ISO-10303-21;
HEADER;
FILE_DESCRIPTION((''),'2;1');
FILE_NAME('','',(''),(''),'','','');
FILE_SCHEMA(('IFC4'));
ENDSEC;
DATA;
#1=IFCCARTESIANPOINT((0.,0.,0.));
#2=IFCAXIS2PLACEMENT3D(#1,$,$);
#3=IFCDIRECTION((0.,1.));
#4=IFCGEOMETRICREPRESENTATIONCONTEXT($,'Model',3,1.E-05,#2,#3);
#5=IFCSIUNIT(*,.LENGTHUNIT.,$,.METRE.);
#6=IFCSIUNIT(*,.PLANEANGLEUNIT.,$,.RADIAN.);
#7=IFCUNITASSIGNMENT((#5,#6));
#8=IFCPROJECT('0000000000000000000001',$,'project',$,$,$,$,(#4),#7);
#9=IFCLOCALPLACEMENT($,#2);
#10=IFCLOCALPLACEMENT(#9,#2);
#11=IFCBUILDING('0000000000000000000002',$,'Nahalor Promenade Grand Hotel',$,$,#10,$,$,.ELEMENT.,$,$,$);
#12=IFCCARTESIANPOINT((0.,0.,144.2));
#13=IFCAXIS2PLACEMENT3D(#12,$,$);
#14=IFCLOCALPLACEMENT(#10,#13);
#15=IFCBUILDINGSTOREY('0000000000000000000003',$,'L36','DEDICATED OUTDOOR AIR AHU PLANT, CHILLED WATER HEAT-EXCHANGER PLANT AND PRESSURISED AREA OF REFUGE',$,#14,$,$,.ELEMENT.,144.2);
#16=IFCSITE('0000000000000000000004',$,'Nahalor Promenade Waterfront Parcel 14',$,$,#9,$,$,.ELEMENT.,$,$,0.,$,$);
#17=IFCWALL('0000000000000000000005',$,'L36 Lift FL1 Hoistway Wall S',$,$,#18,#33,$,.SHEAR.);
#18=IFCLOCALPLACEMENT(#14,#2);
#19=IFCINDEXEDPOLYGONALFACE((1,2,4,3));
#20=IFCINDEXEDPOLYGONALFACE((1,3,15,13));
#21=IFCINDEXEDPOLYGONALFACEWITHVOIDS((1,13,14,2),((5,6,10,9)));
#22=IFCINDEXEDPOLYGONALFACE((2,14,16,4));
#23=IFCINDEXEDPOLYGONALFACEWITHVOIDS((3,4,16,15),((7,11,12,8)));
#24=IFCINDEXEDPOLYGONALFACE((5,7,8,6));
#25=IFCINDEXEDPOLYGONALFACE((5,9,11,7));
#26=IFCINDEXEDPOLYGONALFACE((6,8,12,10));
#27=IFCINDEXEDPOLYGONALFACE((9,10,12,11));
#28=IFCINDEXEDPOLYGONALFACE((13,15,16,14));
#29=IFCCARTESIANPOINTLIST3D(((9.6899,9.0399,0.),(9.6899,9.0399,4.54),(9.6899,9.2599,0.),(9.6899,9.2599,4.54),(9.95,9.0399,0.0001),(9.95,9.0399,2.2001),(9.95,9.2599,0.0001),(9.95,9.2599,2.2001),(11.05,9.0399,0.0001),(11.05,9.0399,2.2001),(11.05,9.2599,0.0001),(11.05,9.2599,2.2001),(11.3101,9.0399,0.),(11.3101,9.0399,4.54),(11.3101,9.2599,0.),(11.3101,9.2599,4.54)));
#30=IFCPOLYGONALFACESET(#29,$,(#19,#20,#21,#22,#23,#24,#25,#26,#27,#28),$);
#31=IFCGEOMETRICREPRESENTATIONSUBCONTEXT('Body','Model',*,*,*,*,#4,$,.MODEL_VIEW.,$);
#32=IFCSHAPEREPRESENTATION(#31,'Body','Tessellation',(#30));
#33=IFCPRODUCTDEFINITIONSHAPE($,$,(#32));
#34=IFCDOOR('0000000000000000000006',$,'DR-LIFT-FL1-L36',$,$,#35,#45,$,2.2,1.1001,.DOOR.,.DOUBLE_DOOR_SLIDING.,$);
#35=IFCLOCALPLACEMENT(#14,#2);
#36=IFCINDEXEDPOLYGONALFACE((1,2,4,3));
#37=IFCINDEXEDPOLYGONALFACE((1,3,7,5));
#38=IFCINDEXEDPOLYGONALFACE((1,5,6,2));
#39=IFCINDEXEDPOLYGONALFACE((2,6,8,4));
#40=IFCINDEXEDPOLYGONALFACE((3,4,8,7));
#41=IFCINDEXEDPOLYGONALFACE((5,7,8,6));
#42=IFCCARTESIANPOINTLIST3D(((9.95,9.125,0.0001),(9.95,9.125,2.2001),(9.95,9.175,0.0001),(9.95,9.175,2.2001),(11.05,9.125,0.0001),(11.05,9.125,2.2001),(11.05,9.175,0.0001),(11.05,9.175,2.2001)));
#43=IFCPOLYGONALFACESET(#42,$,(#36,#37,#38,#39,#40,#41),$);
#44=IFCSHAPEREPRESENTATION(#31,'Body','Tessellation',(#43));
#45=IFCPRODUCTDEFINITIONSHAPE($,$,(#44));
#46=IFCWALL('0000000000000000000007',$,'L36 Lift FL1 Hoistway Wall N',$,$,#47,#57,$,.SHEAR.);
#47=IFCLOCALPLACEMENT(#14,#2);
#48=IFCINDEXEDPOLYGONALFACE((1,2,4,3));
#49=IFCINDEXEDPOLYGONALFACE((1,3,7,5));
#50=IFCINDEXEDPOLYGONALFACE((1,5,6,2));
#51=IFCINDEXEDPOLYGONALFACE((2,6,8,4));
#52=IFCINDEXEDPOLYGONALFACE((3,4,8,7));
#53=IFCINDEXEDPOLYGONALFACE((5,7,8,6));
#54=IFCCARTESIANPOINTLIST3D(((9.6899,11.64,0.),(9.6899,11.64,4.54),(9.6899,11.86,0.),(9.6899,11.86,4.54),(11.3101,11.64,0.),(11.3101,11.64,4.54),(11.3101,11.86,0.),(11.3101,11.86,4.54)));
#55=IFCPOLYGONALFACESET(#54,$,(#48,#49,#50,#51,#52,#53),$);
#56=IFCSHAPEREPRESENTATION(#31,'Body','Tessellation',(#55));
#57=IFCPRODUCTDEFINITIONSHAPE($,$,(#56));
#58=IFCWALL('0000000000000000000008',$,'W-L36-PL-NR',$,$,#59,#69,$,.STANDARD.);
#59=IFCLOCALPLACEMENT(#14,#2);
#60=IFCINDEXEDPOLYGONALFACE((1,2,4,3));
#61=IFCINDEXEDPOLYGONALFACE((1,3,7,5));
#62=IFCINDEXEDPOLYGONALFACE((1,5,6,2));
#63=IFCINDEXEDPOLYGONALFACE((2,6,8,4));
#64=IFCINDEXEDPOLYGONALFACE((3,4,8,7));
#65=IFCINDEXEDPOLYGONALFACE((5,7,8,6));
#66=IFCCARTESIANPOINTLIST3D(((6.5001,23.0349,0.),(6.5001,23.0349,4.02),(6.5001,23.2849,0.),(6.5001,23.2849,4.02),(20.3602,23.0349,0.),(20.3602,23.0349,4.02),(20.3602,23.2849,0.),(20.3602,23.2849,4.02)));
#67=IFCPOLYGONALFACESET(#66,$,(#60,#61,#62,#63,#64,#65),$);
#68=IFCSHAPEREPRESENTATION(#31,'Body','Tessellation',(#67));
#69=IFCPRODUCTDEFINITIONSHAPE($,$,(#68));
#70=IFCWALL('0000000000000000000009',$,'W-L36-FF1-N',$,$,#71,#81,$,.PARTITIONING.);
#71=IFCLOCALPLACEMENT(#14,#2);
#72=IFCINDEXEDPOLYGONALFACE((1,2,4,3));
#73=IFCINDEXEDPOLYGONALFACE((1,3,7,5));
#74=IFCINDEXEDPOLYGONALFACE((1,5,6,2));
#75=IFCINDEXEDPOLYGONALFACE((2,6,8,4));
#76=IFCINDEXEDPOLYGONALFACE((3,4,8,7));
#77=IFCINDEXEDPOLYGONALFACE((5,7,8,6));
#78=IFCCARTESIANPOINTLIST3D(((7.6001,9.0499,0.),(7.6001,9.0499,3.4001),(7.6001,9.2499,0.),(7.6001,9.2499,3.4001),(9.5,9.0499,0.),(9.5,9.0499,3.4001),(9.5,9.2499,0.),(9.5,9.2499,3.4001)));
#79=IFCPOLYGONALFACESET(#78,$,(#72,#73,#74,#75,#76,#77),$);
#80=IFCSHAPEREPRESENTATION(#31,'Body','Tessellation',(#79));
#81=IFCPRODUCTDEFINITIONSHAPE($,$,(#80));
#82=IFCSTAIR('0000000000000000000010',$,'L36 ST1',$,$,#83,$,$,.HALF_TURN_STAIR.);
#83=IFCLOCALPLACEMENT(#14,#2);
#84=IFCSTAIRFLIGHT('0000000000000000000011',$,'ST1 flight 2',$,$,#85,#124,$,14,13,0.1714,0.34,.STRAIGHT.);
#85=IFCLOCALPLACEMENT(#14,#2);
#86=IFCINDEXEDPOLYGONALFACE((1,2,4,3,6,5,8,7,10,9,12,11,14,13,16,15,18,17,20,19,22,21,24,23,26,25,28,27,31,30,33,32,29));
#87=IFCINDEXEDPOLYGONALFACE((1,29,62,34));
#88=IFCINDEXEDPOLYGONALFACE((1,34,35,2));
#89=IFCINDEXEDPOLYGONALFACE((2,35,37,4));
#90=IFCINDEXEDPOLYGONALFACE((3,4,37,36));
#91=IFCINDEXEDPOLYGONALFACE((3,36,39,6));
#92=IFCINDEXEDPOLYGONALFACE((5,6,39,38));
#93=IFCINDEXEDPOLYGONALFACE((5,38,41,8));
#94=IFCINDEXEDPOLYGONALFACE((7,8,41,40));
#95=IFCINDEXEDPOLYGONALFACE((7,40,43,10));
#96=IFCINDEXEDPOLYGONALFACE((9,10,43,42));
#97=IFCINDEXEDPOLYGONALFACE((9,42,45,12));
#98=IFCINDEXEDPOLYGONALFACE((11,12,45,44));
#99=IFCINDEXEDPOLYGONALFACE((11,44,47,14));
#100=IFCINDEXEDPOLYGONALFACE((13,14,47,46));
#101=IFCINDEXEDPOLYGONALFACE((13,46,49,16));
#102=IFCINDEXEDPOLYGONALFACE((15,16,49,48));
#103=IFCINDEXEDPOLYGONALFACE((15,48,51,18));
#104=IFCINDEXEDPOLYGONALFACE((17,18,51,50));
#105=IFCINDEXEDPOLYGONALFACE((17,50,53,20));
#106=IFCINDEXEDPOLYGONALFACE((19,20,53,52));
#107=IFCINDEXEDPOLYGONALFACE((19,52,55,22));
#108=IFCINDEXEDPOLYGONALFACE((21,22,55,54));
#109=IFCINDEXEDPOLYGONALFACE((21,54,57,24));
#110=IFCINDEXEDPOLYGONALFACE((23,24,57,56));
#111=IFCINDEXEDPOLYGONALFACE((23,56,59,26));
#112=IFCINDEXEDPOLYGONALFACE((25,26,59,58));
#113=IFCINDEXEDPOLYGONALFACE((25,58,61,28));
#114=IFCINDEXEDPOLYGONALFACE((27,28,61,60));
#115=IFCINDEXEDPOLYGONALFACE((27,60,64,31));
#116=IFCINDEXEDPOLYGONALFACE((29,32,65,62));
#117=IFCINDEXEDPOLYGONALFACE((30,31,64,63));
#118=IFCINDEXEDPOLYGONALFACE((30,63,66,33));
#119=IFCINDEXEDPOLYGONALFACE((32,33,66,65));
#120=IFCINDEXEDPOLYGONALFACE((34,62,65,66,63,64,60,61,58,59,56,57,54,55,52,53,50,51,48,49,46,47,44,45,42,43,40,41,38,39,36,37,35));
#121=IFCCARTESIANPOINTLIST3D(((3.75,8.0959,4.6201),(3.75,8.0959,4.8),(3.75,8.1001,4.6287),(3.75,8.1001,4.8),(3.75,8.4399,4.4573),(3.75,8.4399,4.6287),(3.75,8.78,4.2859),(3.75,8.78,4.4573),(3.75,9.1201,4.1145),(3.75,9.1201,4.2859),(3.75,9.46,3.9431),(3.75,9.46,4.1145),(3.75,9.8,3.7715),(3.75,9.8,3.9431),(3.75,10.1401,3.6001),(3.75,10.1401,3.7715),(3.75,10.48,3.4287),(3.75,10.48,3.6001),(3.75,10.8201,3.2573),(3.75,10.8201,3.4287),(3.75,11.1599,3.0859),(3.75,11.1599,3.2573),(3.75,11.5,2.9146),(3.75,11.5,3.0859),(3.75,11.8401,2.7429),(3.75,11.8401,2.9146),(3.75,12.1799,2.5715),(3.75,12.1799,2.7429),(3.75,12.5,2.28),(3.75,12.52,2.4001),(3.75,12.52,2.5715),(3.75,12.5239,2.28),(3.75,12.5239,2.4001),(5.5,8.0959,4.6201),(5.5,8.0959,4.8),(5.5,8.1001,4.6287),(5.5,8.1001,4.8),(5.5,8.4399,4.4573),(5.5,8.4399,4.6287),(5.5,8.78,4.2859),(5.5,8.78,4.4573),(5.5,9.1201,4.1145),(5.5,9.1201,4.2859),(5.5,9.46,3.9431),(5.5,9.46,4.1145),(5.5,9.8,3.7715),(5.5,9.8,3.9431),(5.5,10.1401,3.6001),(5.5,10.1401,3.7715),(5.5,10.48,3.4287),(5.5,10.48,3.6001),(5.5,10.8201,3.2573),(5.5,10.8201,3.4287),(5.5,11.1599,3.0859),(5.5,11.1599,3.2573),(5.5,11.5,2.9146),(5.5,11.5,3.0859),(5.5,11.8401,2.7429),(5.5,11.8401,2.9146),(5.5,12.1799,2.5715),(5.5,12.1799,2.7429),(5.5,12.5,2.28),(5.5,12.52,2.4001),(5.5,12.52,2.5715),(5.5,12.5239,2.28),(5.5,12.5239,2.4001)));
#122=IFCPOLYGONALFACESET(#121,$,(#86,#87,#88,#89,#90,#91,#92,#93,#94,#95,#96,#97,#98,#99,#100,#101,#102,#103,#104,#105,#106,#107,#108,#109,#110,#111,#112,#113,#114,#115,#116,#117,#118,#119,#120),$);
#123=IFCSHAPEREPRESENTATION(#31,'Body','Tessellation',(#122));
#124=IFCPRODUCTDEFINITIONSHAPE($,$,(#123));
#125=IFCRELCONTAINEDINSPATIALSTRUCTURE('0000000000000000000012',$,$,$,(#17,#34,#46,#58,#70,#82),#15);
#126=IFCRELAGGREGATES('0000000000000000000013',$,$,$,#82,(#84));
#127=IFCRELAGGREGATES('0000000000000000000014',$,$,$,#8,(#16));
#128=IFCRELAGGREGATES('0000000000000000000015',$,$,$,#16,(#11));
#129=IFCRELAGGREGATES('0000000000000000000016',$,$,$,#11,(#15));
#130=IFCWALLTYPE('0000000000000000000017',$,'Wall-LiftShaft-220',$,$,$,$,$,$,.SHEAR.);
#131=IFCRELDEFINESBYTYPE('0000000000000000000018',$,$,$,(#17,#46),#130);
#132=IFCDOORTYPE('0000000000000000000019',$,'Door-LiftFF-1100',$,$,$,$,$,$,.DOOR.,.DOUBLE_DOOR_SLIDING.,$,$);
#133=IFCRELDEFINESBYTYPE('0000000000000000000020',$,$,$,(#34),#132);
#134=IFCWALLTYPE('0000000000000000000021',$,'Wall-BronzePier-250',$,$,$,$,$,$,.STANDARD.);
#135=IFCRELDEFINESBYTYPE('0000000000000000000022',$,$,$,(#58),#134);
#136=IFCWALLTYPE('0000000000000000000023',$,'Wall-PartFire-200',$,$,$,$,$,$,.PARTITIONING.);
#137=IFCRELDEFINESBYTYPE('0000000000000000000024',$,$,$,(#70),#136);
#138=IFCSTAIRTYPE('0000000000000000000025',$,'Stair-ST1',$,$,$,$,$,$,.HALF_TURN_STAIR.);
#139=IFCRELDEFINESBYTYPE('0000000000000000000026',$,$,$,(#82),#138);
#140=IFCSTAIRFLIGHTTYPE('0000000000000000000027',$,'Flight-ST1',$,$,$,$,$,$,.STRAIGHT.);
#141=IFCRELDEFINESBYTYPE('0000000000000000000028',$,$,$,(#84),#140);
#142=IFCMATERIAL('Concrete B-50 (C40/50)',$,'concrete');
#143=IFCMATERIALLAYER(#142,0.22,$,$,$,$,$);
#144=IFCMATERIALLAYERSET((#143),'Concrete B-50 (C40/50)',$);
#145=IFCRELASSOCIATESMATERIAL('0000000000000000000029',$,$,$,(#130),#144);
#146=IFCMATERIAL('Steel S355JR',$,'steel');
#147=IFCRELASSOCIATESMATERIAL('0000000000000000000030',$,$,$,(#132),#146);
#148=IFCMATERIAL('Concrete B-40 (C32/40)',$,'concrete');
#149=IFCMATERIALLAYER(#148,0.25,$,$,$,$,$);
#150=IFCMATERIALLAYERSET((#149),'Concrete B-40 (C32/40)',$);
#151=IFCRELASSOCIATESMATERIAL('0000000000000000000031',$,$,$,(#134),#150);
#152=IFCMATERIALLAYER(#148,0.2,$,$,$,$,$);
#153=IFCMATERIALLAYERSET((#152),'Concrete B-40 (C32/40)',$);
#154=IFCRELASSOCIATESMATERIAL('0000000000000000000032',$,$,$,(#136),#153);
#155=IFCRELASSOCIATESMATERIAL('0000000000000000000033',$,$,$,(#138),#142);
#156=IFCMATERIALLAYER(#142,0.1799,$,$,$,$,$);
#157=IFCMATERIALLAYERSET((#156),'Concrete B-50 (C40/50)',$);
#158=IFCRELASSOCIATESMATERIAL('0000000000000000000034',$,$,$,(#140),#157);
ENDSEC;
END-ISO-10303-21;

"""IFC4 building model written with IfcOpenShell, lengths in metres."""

from ifc_helpers import new_model, si_unit, direction, frame, frame_2d, origin, place, context, subcontext, project, spatial, polyline, rectangle, outline, extrude, source, transform, mapped, material, layer, layer_set, type_object, element, fill, aggregate, save


model = new_model("IFC4")

# Units and contexts
model_context = context("Model", 3, precision=1e-05, world=origin(), true_north=direction((0.0, 1.0)))
body_context = subcontext(model_context, "Body", "Model", "MODEL_VIEW")
ifc_project = project(units=[si_unit("LENGTHUNIT", "METRE"), si_unit("PLANEANGLEUNIT", "RADIAN")], contexts=[model_context])

# Site, building, storey
site_placement = place(None, origin())
site = spatial("IfcSite", under=ifc_project, at=site_placement, Name="Nahalor Promenade Waterfront Parcel 14", CompositionType="ELEMENT", RefElevation=0.0)
building_placement = place(site_placement, origin())
building = spatial("IfcBuilding", under=site, at=building_placement, Name="Nahalor Promenade Grand Hotel", CompositionType="ELEMENT")
storey_placement = place(building_placement, frame((0.0, 0.0, 144.2)))
storey = spatial("IfcBuildingStorey", under=building, at=storey_placement, Name="L36", Description="DEDICATED OUTDOOR AIR AHU PLANT, CHILLED WATER HEAT-EXCHANGER PLANT AND PRESSURISED AREA OF REFUGE", CompositionType="ELEMENT", Elevation=144.2)

# Shared definitions
ifc_material_1 = material(Name="Steel S355JR", Category="steel")

# Shared definitions
ifc_material_2 = material(Name="Concrete B-50 (C40/50)", Category="concrete")
ifc_layer_1 = layer(ifc_material_2, 0.22)
ifc_layer_set_1 = layer_set([ifc_layer_1], Name="Concrete B-50 (C40/50)")
wall_type_1 = type_object("IfcWallType", Name="Wall-LiftShaft-220", PredefinedType="SHEAR", material=ifc_layer_set_1)

# Wall, opening, door
shared_shape_1 = source(origin(), body_context, "Body", "SweptSolid", [
    extrude(rectangle(XDim=1.6201, YDim=0.22, at=frame_2d((0.8101, 0.0))), origin(), (0.0, 0.0, 1.0), 4.54),
])
wall_1_placement = place(storey_placement, frame((9.6899, 9.1499, 0.0), z_axis=(0.0, 0.0, 1.0), x_axis=(1.0, 0.0, 0.0)))
wall_1 = element("IfcWall", 1, at=wall_1_placement, inside=storey, type_object=wall_type_1, Name="L36 Lift FL1 Hoistway Wall S", PredefinedType="SHEAR", context=body_context, shape_type="MappedRepresentation", body=[
    mapped(shared_shape_1, transform((0.0, 0.0, 0.0), scale=1.0)),
])
opening_placement = place(wall_1_placement, frame((0.26, 0.0, 0.0)))
opening = element("IfcOpeningElement", 2, at=opening_placement, cuts=wall_1, PredefinedType="OPENING", context=body_context, shape_type="SweptSolid", body=[
    extrude(rectangle(XDim=1.1001, YDim=2.2, at=frame_2d((0.55, 1.1001))), frame((0.0, 0.1199, 0.0), z_axis=(0.0, -1.0, 0.0), x_axis=(1.0, 0.0, 0.0)), (0.0, 0.0, 1.0), 0.24),
])
door_type = type_object("IfcDoorType", Name="Door-LiftFF-1100", OperationType="DOUBLE_DOOR_SLIDING", PredefinedType="DOOR", material=ifc_material_1)
shared_shape_2 = source(origin(), body_context, "Body", "SweptSolid", [
    extrude(rectangle(XDim=1.1001, YDim=2.2, at=frame_2d((0.55, 1.1001))), frame((0.0, 0.0249, 0.0), z_axis=(0.0, -1.0, 0.0), x_axis=(1.0, 0.0, 0.0)), (0.0, 0.0, 1.0), 0.05),
])
door_placement = place(opening_placement, frame((1.1001, 0.0, 0.0), z_axis=(0.0, 0.0, 1.0), x_axis=(-1.0, 0.0, 0.0)))
door = element("IfcDoor", 3, at=door_placement, inside=storey, type_object=door_type, Name="DR-LIFT-FL1-L36", OperationType="DOUBLE_DOOR_SLIDING", OverallHeight=2.2, OverallWidth=1.1001, PredefinedType="DOOR", context=body_context, shape_type="MappedRepresentation", body=[
    mapped(shared_shape_2, transform((0.0, 0.0, 0.0), scale=1.0)),
])
fill(opening, door)

# Walls
wall_2_placement = place(storey_placement, frame((9.6899, 11.75, 0.0), z_axis=(0.0, 0.0, 1.0), x_axis=(1.0, 0.0, 0.0)))
element("IfcWall", 4, at=wall_2_placement, inside=storey, type_object=wall_type_1, Name="L36 Lift FL1 Hoistway Wall N", PredefinedType="SHEAR", context=body_context, shape_type="MappedRepresentation", body=[
    mapped(shared_shape_1, transform((0.0, 0.0, 0.0), scale=1.0)),
])
ifc_material_3 = material(Name="Concrete B-40 (C32/40)", Category="concrete")
ifc_layer_2 = layer(ifc_material_3, 0.25)
ifc_layer_set_2 = layer_set([ifc_layer_2], Name="Concrete B-40 (C32/40)")
wall_type_2 = type_object("IfcWallType", Name="Wall-BronzePier-250", PredefinedType="STANDARD", material=ifc_layer_set_2)
shared_shape_3 = source(origin(), body_context, "Body", "SweptSolid", [
    extrude(rectangle(XDim=13.8601, YDim=0.25, at=frame_2d((6.9302, 0.0))), origin(), (0.0, 0.0, 1.0), 4.02),
])
wall_3_placement = place(storey_placement, frame((6.5, 23.1599, 0.0), z_axis=(0.0, 0.0, 1.0), x_axis=(1.0, 0.0, 0.0)))
element("IfcWall", 5, at=wall_3_placement, inside=storey, type_object=wall_type_2, Name="W-L36-PL-NR", PredefinedType="STANDARD", context=body_context, shape_type="MappedRepresentation", body=[
    mapped(shared_shape_3, transform((0.0, 0.0, 0.0), scale=1.0)),
])
ifc_layer_3 = layer(ifc_material_3, 0.2)
ifc_layer_set_3 = layer_set([ifc_layer_3], Name="Concrete B-40 (C32/40)")
wall_type_3 = type_object("IfcWallType", Name="Wall-PartFire-200", PredefinedType="PARTITIONING", material=ifc_layer_set_3)
shared_shape_4 = source(origin(), body_context, "Body", "SweptSolid", [
    extrude(rectangle(XDim=1.8999, YDim=0.2, at=frame_2d((0.95, 0.0))), origin(), (0.0, 0.0, 1.0), 3.4001),
])
wall_4_placement = place(storey_placement, frame((7.6001, 9.1499, 0.0), z_axis=(0.0, 0.0, 1.0), x_axis=(1.0, 0.0, 0.0)))
element("IfcWall", 6, at=wall_4_placement, inside=storey, type_object=wall_type_3, Name="W-L36-FF1-N", PredefinedType="PARTITIONING", context=body_context, shape_type="MappedRepresentation", body=[
    mapped(shared_shape_4, transform((0.0, 0.0, 0.0), scale=1.0)),
])

# Stair, stair flight
stair_type = type_object("IfcStairType", Name="Stair-ST1", PredefinedType="HALF_TURN_STAIR", material=ifc_material_2)
stair_placement = place(storey_placement, origin())
stair = element("IfcStair", 7, at=stair_placement, inside=storey, type_object=stair_type, Name="L36 ST1", PredefinedType="HALF_TURN_STAIR")
ifc_layer_4 = layer(ifc_material_2, 0.1799)
ifc_layer_set_4 = layer_set([ifc_layer_4], Name="Concrete B-50 (C40/50)")
stair_flight_type = type_object("IfcStairFlightType", Name="Flight-ST1", PredefinedType="STRAIGHT", material=ifc_layer_set_4)
shared_shape_5 = source(origin(), body_context, "Body", "SweptSolid", [
    extrude(outline(polyline([(-0.0039, -0.1201), (-0.0039, 0.0), (0.0, 0.0), (0.0, 0.1714), (0.3401, 0.1714), (0.3401, 0.3428), (0.6799, 0.3428), (0.6799, 0.5144), (1.02, 0.5144), (1.02, 0.6858), (1.3601, 0.6858), (1.3601, 0.8572), (1.7, 0.8572), (1.7, 1.0286), (2.04, 1.0286), (2.04, 1.2), (2.3799, 1.2), (2.3799, 1.3713), (2.72, 1.3713), (2.72, 1.543), (3.0601, 1.543), (3.0601, 1.7144), (3.3999, 1.7144), (3.3999, 1.8857), (3.74, 1.8857), (3.74, 2.0571), (4.0801, 2.0571), (4.0801, 2.2285), (4.4199, 2.2285), (4.4199, 2.3999), (4.4241, 2.3999), (4.4241, 2.22), (0.02, -0.1201), (-0.0039, -0.1201)])), frame((0.0, 0.875, 0.0), z_axis=(0.0, -1.0, 0.0), x_axis=(1.0, 0.0, 0.0)), (0.0, 0.0, 1.0), 1.75),
])
stair_flight_placement = place(storey_placement, frame((4.625, 12.52, 2.4001), z_axis=(0.0, 0.0, 1.0), x_axis=(0.0, -1.0, 0.0)))
stair_flight = element("IfcStairFlight", 8, at=stair_flight_placement, type_object=stair_flight_type, Name="ST1 flight 2", NumberOfRisers=14, NumberOfTreads=13, PredefinedType="STRAIGHT", RiserHeight=0.1714, TreadLength=0.34, context=body_context, shape_type="MappedRepresentation", body=[
    mapped(shared_shape_5, transform((0.0, 0.0, 0.0), scale=1.0)),
])
aggregate(stair, [stair_flight])

save(model, "model.ifc")
